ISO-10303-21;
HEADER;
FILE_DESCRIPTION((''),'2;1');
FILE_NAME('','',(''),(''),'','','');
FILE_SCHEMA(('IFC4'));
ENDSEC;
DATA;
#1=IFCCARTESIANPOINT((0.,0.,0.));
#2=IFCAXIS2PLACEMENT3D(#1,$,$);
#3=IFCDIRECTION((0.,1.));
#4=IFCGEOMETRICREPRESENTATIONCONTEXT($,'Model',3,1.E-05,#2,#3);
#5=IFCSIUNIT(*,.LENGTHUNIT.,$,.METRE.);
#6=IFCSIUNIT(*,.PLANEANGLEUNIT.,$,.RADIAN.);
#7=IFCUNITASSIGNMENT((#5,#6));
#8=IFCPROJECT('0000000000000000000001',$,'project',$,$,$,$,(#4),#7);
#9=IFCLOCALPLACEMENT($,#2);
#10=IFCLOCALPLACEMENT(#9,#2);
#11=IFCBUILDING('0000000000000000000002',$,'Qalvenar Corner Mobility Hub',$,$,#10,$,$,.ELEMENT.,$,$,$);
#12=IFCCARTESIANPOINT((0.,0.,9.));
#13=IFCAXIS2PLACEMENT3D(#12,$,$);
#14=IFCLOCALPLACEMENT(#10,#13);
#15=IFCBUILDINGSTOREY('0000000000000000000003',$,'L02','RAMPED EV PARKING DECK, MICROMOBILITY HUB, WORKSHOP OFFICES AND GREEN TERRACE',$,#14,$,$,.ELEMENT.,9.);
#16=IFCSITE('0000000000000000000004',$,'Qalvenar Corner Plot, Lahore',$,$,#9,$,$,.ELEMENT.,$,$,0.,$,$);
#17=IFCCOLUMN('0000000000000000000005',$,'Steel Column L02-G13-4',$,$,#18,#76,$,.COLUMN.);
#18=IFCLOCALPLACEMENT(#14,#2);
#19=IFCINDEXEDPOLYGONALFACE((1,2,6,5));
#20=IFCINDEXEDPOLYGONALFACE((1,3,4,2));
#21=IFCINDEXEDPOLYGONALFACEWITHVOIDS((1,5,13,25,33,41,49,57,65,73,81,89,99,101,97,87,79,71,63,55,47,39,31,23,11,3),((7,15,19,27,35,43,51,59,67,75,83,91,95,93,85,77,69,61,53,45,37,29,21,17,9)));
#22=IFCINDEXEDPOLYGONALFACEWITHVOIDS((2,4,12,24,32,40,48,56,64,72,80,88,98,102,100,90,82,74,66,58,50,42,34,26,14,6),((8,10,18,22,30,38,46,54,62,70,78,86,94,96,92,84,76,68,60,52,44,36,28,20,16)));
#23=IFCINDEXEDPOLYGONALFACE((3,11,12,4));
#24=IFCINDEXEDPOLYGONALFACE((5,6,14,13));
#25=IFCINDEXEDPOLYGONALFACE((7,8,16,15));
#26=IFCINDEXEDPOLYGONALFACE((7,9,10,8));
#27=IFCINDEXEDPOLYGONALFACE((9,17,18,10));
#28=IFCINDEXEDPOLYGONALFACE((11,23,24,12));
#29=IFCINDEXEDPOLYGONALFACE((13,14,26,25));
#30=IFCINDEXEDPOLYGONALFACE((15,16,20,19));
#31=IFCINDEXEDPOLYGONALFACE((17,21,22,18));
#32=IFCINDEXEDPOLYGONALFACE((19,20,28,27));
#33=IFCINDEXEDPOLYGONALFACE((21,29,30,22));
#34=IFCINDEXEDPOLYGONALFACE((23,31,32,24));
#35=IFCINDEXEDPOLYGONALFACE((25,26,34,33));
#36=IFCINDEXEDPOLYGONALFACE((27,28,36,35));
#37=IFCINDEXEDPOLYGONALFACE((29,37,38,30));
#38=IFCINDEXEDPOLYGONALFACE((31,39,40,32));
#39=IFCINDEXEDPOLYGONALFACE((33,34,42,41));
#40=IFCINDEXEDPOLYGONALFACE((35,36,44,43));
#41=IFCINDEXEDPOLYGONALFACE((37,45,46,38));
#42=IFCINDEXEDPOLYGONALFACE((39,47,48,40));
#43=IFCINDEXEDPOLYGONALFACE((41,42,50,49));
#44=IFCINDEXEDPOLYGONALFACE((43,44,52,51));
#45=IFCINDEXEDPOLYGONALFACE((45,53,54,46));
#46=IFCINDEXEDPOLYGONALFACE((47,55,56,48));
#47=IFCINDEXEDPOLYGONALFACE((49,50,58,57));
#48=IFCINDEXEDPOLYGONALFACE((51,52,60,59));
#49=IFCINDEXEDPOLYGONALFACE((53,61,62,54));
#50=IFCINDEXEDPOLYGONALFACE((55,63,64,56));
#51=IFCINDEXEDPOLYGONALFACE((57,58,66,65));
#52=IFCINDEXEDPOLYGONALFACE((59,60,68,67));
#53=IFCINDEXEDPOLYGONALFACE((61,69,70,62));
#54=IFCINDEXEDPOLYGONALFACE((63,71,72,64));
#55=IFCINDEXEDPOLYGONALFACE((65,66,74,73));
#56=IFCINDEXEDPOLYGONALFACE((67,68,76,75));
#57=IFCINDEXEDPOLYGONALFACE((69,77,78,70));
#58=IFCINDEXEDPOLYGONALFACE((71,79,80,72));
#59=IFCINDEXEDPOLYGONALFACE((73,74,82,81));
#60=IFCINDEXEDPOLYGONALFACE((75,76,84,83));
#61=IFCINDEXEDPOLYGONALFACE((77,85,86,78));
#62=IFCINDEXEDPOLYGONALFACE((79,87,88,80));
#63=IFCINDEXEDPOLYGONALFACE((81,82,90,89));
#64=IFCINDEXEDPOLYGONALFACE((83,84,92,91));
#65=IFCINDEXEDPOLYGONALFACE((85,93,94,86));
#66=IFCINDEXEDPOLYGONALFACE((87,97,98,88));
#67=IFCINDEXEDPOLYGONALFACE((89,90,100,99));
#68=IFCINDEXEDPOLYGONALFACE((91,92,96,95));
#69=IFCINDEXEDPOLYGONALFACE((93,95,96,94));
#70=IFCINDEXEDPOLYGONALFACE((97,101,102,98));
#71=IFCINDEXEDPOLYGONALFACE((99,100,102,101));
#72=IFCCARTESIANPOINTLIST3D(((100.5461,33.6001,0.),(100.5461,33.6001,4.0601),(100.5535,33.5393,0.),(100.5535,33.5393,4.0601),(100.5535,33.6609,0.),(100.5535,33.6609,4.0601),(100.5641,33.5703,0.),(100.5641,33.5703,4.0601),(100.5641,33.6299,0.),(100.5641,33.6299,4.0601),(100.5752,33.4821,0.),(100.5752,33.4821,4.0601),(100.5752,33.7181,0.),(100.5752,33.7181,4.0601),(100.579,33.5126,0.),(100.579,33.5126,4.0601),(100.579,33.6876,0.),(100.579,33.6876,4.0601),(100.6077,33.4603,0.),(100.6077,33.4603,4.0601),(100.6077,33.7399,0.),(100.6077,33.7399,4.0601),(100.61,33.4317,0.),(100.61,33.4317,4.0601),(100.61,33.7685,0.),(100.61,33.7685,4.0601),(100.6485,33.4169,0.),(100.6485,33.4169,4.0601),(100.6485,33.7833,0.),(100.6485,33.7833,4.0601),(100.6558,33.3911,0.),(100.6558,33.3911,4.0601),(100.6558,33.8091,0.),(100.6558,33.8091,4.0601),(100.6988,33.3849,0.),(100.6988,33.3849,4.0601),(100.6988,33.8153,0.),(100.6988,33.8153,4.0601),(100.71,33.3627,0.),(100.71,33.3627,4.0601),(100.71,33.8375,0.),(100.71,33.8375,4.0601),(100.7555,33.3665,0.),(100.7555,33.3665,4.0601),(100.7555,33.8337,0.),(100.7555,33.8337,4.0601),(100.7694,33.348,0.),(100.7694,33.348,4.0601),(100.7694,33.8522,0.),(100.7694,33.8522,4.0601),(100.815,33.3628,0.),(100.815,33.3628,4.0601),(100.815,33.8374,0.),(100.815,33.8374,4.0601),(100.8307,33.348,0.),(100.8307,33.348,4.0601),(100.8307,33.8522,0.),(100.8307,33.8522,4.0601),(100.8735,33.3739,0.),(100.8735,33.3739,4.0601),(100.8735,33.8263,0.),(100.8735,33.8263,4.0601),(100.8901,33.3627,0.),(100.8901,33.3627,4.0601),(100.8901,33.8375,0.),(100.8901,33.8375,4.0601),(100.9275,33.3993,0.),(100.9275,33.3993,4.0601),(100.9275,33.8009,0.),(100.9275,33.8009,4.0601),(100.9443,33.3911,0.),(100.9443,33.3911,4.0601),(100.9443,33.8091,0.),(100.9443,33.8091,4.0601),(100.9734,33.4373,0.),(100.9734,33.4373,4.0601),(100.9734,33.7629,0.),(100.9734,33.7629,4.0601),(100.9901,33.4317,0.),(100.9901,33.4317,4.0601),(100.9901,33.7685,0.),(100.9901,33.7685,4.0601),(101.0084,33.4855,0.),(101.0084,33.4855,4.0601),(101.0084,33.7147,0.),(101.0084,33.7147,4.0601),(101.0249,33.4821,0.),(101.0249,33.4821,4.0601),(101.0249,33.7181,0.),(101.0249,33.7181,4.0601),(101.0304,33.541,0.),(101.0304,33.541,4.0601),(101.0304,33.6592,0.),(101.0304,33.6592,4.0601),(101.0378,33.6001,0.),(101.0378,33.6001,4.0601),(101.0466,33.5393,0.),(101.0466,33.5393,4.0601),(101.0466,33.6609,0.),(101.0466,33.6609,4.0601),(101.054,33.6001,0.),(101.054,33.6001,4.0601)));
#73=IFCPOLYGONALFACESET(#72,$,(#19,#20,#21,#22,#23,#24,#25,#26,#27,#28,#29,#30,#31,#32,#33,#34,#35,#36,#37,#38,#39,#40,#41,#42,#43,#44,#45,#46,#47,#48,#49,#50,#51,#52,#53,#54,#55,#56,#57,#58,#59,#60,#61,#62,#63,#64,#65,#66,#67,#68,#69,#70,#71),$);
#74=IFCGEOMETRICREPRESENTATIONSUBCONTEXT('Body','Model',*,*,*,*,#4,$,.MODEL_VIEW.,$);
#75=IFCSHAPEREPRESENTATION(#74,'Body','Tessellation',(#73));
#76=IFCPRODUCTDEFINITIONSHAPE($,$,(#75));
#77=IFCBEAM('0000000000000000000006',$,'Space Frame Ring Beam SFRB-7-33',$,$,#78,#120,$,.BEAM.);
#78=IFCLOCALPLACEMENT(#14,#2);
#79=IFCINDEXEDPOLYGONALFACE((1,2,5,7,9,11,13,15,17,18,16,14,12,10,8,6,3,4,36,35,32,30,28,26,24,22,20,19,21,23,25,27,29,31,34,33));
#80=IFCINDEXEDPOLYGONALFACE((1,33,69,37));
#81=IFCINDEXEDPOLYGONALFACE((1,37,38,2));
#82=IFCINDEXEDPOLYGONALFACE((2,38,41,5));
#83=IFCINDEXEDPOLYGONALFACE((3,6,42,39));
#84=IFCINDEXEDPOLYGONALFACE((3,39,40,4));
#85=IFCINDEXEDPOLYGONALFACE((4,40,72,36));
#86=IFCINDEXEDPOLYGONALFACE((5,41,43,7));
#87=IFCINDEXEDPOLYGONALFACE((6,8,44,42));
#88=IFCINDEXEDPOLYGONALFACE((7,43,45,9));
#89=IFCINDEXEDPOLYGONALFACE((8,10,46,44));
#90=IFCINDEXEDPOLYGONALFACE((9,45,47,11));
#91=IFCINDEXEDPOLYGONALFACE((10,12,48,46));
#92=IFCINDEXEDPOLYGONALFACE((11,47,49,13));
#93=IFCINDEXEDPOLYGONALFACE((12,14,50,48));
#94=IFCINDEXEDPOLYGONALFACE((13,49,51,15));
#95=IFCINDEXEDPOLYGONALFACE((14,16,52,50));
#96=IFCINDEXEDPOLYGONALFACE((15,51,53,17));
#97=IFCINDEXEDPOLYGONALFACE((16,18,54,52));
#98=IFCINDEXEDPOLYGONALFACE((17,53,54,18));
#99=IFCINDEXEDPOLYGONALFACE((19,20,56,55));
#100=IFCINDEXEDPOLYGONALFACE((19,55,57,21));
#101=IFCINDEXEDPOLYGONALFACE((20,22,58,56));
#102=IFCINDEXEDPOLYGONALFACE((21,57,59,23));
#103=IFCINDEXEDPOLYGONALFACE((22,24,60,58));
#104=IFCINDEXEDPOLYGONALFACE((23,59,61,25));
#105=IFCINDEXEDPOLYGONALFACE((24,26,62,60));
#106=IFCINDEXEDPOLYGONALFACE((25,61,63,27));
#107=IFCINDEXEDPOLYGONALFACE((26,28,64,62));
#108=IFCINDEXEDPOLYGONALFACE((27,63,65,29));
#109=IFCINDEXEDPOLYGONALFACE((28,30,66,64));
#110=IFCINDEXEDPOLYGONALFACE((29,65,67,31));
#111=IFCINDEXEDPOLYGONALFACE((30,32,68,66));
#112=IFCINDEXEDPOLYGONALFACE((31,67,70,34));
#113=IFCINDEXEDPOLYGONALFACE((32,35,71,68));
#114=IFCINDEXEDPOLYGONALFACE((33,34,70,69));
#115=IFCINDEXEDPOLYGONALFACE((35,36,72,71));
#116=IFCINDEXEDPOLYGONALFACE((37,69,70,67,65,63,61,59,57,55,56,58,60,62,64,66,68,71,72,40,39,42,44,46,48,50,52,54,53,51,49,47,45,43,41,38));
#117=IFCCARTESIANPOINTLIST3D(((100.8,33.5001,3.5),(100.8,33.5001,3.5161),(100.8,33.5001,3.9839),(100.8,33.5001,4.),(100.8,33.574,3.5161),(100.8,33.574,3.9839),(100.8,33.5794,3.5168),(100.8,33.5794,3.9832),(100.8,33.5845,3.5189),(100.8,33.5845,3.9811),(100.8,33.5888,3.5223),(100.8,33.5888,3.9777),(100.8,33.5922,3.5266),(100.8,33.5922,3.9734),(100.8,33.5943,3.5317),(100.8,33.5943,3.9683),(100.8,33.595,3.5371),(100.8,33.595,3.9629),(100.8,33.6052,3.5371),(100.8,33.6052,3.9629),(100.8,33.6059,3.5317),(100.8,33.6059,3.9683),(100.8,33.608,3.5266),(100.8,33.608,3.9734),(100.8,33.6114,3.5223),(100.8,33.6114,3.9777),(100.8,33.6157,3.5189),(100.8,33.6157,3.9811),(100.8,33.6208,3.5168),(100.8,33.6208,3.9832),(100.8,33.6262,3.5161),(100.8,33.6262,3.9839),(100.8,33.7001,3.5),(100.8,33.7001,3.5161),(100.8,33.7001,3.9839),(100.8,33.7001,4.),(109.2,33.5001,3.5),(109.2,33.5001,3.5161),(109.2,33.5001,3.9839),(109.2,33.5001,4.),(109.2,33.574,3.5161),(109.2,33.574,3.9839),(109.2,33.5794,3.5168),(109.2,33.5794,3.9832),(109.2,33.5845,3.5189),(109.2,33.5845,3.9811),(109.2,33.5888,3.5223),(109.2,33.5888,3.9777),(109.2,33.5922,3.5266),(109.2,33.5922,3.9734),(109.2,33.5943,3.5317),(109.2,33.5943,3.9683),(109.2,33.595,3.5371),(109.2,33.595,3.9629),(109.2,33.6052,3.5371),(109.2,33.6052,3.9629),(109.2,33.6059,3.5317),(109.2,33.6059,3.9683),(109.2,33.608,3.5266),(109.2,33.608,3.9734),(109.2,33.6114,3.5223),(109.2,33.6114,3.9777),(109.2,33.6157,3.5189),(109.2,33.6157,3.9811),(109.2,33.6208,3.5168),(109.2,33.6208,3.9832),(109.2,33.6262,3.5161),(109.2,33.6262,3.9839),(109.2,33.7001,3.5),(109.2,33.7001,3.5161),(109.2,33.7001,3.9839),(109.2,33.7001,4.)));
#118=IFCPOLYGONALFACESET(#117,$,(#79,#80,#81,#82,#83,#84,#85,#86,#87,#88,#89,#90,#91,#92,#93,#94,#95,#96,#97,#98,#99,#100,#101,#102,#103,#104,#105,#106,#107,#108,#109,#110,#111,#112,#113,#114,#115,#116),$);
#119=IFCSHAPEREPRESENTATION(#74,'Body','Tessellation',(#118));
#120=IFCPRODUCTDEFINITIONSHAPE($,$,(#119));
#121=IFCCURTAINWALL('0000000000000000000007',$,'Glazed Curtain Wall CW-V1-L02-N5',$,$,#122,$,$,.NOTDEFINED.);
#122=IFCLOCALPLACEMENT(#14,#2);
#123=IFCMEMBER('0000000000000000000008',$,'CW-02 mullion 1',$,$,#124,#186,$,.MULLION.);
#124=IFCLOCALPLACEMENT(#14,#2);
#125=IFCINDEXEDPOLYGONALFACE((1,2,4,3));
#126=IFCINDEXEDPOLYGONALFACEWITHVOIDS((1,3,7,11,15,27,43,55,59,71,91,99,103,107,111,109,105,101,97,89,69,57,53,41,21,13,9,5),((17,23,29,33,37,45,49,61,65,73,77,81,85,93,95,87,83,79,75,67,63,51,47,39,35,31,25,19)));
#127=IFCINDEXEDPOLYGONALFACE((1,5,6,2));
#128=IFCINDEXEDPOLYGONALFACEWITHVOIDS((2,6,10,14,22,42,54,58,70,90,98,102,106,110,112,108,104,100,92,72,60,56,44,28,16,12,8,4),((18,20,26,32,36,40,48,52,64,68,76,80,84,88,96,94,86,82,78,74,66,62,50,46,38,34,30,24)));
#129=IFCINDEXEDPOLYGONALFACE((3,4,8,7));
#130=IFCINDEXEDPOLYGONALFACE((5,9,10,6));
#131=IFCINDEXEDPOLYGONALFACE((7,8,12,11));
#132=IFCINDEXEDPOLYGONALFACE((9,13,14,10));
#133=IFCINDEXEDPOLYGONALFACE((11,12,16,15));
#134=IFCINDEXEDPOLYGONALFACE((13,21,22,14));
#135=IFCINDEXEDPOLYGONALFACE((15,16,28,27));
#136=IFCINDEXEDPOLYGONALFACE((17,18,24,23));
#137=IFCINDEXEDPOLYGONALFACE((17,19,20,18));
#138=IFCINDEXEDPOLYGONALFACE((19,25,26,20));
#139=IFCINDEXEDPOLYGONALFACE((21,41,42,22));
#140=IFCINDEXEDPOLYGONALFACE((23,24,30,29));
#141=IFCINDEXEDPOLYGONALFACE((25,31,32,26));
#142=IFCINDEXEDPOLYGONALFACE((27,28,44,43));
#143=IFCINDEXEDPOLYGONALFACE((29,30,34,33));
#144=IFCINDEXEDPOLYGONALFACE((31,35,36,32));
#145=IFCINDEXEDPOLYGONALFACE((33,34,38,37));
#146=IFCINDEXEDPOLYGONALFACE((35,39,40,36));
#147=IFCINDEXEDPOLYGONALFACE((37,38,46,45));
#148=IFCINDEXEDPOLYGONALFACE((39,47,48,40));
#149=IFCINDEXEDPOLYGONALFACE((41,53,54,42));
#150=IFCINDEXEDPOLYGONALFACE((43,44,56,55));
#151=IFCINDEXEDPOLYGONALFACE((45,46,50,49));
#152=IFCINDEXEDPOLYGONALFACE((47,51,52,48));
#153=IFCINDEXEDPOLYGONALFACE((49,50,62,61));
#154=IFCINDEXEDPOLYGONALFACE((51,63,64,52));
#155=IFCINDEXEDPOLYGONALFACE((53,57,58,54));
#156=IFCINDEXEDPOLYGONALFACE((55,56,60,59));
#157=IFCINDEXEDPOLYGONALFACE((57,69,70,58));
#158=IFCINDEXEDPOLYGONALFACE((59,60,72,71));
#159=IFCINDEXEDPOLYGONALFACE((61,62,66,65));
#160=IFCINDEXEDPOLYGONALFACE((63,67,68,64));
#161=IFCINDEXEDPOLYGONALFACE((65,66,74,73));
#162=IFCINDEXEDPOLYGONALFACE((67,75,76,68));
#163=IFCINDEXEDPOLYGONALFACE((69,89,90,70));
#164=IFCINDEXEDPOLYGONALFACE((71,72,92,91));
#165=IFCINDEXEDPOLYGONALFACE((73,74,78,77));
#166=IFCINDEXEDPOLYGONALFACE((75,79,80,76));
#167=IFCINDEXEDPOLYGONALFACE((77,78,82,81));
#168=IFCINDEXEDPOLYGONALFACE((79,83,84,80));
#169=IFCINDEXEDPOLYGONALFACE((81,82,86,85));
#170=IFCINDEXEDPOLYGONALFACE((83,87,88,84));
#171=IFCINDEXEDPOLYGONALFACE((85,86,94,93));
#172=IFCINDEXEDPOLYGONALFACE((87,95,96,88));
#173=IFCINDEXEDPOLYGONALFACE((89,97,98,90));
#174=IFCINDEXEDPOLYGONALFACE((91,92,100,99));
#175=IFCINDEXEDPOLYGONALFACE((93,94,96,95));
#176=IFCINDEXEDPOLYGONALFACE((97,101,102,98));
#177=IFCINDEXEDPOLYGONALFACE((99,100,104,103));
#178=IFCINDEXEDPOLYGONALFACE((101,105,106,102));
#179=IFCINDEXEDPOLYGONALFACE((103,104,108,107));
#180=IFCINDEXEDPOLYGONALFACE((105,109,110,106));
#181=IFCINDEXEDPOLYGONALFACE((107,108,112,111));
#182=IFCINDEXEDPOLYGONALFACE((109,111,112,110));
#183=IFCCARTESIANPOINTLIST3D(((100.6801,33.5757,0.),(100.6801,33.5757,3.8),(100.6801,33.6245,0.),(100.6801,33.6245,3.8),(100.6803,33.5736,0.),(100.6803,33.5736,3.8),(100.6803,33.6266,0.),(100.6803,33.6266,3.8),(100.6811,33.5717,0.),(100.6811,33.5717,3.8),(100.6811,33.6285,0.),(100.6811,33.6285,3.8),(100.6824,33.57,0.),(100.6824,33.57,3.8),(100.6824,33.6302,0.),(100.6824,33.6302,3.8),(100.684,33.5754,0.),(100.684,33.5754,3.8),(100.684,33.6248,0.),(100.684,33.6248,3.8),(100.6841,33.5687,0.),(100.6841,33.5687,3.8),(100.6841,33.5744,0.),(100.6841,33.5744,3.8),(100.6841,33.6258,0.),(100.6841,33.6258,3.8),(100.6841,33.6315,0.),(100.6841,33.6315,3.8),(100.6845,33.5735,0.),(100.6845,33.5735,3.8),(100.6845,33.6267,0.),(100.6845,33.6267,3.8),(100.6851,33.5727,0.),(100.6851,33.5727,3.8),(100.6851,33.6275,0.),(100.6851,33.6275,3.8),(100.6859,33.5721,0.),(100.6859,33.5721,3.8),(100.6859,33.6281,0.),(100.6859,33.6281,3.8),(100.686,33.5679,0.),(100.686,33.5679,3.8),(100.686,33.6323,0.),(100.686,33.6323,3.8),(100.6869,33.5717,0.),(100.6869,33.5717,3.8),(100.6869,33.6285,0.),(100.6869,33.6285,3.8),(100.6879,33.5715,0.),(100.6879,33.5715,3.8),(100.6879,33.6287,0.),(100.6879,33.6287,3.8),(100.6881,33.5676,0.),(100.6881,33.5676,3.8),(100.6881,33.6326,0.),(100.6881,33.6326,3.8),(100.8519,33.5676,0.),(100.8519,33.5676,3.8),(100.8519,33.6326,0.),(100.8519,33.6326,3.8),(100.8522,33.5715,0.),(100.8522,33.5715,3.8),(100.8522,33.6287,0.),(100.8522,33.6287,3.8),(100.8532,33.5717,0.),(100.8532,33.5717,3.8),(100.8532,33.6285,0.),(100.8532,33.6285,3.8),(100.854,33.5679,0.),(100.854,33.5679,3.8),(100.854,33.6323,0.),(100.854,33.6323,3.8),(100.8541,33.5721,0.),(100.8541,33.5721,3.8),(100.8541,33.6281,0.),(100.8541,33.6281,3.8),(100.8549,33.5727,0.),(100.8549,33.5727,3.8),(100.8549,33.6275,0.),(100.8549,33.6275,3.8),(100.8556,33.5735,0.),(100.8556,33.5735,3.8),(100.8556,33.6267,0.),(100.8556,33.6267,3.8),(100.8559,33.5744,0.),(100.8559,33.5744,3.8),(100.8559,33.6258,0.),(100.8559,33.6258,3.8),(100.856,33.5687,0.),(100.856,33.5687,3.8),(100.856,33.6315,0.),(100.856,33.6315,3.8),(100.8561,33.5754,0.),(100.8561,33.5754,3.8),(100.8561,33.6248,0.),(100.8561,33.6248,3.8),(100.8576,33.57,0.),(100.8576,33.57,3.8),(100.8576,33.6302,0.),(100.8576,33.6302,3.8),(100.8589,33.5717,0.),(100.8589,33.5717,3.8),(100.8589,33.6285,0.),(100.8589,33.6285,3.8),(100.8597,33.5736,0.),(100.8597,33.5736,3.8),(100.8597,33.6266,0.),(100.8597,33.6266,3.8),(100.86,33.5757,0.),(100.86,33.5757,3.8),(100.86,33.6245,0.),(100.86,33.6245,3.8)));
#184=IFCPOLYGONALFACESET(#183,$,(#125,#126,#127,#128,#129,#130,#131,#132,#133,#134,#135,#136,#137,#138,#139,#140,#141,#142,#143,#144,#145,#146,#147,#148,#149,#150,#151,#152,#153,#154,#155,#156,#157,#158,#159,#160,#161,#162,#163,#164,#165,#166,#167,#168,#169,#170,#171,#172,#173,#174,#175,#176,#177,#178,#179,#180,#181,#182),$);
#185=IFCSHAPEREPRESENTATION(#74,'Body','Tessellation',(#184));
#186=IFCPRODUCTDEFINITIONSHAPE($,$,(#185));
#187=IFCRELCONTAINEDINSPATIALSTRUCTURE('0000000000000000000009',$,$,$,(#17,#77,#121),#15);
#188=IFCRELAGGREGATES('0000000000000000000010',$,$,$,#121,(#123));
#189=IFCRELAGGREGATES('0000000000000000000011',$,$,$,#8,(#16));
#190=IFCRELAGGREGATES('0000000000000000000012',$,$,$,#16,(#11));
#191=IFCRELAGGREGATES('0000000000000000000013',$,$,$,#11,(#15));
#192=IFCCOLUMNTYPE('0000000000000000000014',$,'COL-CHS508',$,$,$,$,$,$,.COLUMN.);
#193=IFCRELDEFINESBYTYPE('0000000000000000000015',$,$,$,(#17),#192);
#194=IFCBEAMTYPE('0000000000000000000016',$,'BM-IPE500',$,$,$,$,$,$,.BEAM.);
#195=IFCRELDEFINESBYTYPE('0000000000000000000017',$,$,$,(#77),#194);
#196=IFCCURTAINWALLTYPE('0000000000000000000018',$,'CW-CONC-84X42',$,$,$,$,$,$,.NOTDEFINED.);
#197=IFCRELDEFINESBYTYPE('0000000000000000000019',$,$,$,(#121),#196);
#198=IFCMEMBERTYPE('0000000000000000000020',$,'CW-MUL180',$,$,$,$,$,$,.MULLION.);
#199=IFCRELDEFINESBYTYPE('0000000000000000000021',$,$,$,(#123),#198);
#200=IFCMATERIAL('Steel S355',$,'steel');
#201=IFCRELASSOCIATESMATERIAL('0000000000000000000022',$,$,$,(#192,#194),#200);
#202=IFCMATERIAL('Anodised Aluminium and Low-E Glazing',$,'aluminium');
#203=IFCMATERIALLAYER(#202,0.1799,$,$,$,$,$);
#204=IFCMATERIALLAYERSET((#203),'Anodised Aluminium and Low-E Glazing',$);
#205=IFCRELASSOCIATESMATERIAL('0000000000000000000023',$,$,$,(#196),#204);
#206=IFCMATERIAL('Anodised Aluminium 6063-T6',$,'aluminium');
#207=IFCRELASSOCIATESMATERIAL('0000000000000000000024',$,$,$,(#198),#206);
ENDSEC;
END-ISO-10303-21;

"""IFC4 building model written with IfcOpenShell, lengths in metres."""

from ifc_helpers import new_model, si_unit, direction, frame, origin, origin_2d, place, context, subcontext, project, spatial, hollow_rectangle, hollow_circle, i_section, extrude, material, layer, layer_set, material_profile, profile_set, type_object, element, aggregate, save


model = new_model("IFC4")

# Units and contexts
model_context = context("Model", 3, precision=1e-05, world=origin(), true_north=direction((0.0, 1.0)))
body_context = subcontext(model_context, "Body", "Model", "MODEL_VIEW")
ifc_project = project(units=[si_unit("LENGTHUNIT", "METRE"), si_unit("PLANEANGLEUNIT", "RADIAN")], contexts=[model_context])

# Site, building, storey
site_placement = place(None, origin())
site = spatial("IfcSite", under=ifc_project, at=site_placement, Name="Qalvenar Corner Plot, Lahore", CompositionType="ELEMENT", RefElevation=0.0)
building_placement = place(site_placement, origin())
building = spatial("IfcBuilding", under=site, at=building_placement, Name="Qalvenar Corner Mobility Hub", CompositionType="ELEMENT")
storey_placement = place(building_placement, frame((0.0, 0.0, 9.0)))
storey = spatial("IfcBuildingStorey", under=building, at=storey_placement, Name="L02", Description="RAMPED EV PARKING DECK, MICROMOBILITY HUB, WORKSHOP OFFICES AND GREEN TERRACE", CompositionType="ELEMENT", Elevation=9.0)

# Column
ifc_material_1 = material(Name="Steel S355", Category="steel")
ifc_material_profile_1 = material_profile(ifc_material_1, hollow_circle(Radius=0.2539, WallThickness=0.0161, at=origin_2d()), Name="CHS508x16")
ifc_profile_set_1 = profile_set([ifc_material_profile_1], Name="Steel S355")
column_type = type_object("IfcColumnType", Name="COL-CHS508", PredefinedType="COLUMN", material=ifc_profile_set_1)
column_placement = place(storey_placement, frame((100.8, 33.6001, 0.0), z_axis=(0.0, 0.0, 1.0), x_axis=(1.0, 0.0, 0.0)))
element("IfcColumn", 1, at=column_placement, inside=storey, type_object=column_type, Name="Steel Column L02-G13-4", PredefinedType="COLUMN", context=body_context, shape_type="SweptSolid", body=[
    extrude(hollow_circle(Radius=0.2539, WallThickness=0.0161, at=origin_2d()), origin(), (0.0, 0.0, 1.0), 4.0601),
])

# Beam
ifc_material_profile_2 = material_profile(ifc_material_1, i_section(OverallWidth=0.2, OverallDepth=0.5, WebThickness=0.0103, FlangeThickness=0.0161, FilletRadius=0.021, at=origin_2d()), Name="IPE500")
ifc_profile_set_2 = profile_set([ifc_material_profile_2], Name="Steel S355")
beam_type = type_object("IfcBeamType", Name="BM-IPE500", PredefinedType="BEAM", material=ifc_profile_set_2)
beam_placement = place(storey_placement, frame((100.8, 33.6001, 3.75), z_axis=(1.0, 0.0, 0.0), x_axis=(0.0, 1.0, 0.0)))
element("IfcBeam", 2, at=beam_placement, inside=storey, type_object=beam_type, Name="Space Frame Ring Beam SFRB-7-33", PredefinedType="BEAM", context=body_context, shape_type="SweptSolid", body=[
    extrude(i_section(OverallWidth=0.2, OverallDepth=0.5, WebThickness=0.0103, FlangeThickness=0.0161, FilletRadius=0.021, at=origin_2d()), origin(), (0.0, 0.0, 1.0), 8.3999),
])

# Curtain wall, member
ifc_material_2 = material(Name="Anodised Aluminium and Low-E Glazing", Category="aluminium")
ifc_layer_1 = layer(ifc_material_2, 0.1799)
ifc_layer_set_1 = layer_set([ifc_layer_1], Name="Anodised Aluminium and Low-E Glazing")
curtain_wall_type = type_object("IfcCurtainWallType", Name="CW-CONC-84X42", PredefinedType="NOTDEFINED", material=ifc_layer_set_1)
curtain_wall_1_placement = place(storey_placement, origin())
curtain_wall_1 = element("IfcCurtainWall", 3, at=curtain_wall_1_placement, inside=storey, type_object=curtain_wall_type, Name="Glazed Curtain Wall CW-V1-L02-N5", PredefinedType="NOTDEFINED")
ifc_material_3 = material(Name="Anodised Aluminium 6063-T6", Category="aluminium")
ifc_material_profile_3 = material_profile(ifc_material_3, hollow_rectangle(XDim=0.0649, YDim=0.1799, WallThickness=0.0039, InnerFilletRadius=0.0039, OuterFilletRadius=0.0081, at=origin_2d()), Name="RHS180x65x4")
ifc_profile_set_3 = profile_set([ifc_material_profile_3], Name="Anodised Aluminium 6063-T6")
member_type_1 = type_object("IfcMemberType", Name="CW-MUL180", PredefinedType="MULLION", material=ifc_profile_set_3)
member_1_placement = place(storey_placement, frame((100.77, 33.6001, 0.0), z_axis=(0.0, 0.0, 1.0), x_axis=(0.0, -1.0, 0.0)))
member_1 = element("IfcMember", 4, at=member_1_placement, type_object=member_type_1, Name="CW-02 mullion 1", PredefinedType="MULLION", context=body_context, shape_type="SweptSolid", body=[
    extrude(hollow_rectangle(XDim=0.0649, YDim=0.1799, WallThickness=0.0039, InnerFilletRadius=0.0039, OuterFilletRadius=0.0081, at=origin_2d()), origin(), (0.0, 0.0, 1.0), 3.8),
])

aggregate(curtain_wall_1, [member_1])

save(model, "model.ifc")
